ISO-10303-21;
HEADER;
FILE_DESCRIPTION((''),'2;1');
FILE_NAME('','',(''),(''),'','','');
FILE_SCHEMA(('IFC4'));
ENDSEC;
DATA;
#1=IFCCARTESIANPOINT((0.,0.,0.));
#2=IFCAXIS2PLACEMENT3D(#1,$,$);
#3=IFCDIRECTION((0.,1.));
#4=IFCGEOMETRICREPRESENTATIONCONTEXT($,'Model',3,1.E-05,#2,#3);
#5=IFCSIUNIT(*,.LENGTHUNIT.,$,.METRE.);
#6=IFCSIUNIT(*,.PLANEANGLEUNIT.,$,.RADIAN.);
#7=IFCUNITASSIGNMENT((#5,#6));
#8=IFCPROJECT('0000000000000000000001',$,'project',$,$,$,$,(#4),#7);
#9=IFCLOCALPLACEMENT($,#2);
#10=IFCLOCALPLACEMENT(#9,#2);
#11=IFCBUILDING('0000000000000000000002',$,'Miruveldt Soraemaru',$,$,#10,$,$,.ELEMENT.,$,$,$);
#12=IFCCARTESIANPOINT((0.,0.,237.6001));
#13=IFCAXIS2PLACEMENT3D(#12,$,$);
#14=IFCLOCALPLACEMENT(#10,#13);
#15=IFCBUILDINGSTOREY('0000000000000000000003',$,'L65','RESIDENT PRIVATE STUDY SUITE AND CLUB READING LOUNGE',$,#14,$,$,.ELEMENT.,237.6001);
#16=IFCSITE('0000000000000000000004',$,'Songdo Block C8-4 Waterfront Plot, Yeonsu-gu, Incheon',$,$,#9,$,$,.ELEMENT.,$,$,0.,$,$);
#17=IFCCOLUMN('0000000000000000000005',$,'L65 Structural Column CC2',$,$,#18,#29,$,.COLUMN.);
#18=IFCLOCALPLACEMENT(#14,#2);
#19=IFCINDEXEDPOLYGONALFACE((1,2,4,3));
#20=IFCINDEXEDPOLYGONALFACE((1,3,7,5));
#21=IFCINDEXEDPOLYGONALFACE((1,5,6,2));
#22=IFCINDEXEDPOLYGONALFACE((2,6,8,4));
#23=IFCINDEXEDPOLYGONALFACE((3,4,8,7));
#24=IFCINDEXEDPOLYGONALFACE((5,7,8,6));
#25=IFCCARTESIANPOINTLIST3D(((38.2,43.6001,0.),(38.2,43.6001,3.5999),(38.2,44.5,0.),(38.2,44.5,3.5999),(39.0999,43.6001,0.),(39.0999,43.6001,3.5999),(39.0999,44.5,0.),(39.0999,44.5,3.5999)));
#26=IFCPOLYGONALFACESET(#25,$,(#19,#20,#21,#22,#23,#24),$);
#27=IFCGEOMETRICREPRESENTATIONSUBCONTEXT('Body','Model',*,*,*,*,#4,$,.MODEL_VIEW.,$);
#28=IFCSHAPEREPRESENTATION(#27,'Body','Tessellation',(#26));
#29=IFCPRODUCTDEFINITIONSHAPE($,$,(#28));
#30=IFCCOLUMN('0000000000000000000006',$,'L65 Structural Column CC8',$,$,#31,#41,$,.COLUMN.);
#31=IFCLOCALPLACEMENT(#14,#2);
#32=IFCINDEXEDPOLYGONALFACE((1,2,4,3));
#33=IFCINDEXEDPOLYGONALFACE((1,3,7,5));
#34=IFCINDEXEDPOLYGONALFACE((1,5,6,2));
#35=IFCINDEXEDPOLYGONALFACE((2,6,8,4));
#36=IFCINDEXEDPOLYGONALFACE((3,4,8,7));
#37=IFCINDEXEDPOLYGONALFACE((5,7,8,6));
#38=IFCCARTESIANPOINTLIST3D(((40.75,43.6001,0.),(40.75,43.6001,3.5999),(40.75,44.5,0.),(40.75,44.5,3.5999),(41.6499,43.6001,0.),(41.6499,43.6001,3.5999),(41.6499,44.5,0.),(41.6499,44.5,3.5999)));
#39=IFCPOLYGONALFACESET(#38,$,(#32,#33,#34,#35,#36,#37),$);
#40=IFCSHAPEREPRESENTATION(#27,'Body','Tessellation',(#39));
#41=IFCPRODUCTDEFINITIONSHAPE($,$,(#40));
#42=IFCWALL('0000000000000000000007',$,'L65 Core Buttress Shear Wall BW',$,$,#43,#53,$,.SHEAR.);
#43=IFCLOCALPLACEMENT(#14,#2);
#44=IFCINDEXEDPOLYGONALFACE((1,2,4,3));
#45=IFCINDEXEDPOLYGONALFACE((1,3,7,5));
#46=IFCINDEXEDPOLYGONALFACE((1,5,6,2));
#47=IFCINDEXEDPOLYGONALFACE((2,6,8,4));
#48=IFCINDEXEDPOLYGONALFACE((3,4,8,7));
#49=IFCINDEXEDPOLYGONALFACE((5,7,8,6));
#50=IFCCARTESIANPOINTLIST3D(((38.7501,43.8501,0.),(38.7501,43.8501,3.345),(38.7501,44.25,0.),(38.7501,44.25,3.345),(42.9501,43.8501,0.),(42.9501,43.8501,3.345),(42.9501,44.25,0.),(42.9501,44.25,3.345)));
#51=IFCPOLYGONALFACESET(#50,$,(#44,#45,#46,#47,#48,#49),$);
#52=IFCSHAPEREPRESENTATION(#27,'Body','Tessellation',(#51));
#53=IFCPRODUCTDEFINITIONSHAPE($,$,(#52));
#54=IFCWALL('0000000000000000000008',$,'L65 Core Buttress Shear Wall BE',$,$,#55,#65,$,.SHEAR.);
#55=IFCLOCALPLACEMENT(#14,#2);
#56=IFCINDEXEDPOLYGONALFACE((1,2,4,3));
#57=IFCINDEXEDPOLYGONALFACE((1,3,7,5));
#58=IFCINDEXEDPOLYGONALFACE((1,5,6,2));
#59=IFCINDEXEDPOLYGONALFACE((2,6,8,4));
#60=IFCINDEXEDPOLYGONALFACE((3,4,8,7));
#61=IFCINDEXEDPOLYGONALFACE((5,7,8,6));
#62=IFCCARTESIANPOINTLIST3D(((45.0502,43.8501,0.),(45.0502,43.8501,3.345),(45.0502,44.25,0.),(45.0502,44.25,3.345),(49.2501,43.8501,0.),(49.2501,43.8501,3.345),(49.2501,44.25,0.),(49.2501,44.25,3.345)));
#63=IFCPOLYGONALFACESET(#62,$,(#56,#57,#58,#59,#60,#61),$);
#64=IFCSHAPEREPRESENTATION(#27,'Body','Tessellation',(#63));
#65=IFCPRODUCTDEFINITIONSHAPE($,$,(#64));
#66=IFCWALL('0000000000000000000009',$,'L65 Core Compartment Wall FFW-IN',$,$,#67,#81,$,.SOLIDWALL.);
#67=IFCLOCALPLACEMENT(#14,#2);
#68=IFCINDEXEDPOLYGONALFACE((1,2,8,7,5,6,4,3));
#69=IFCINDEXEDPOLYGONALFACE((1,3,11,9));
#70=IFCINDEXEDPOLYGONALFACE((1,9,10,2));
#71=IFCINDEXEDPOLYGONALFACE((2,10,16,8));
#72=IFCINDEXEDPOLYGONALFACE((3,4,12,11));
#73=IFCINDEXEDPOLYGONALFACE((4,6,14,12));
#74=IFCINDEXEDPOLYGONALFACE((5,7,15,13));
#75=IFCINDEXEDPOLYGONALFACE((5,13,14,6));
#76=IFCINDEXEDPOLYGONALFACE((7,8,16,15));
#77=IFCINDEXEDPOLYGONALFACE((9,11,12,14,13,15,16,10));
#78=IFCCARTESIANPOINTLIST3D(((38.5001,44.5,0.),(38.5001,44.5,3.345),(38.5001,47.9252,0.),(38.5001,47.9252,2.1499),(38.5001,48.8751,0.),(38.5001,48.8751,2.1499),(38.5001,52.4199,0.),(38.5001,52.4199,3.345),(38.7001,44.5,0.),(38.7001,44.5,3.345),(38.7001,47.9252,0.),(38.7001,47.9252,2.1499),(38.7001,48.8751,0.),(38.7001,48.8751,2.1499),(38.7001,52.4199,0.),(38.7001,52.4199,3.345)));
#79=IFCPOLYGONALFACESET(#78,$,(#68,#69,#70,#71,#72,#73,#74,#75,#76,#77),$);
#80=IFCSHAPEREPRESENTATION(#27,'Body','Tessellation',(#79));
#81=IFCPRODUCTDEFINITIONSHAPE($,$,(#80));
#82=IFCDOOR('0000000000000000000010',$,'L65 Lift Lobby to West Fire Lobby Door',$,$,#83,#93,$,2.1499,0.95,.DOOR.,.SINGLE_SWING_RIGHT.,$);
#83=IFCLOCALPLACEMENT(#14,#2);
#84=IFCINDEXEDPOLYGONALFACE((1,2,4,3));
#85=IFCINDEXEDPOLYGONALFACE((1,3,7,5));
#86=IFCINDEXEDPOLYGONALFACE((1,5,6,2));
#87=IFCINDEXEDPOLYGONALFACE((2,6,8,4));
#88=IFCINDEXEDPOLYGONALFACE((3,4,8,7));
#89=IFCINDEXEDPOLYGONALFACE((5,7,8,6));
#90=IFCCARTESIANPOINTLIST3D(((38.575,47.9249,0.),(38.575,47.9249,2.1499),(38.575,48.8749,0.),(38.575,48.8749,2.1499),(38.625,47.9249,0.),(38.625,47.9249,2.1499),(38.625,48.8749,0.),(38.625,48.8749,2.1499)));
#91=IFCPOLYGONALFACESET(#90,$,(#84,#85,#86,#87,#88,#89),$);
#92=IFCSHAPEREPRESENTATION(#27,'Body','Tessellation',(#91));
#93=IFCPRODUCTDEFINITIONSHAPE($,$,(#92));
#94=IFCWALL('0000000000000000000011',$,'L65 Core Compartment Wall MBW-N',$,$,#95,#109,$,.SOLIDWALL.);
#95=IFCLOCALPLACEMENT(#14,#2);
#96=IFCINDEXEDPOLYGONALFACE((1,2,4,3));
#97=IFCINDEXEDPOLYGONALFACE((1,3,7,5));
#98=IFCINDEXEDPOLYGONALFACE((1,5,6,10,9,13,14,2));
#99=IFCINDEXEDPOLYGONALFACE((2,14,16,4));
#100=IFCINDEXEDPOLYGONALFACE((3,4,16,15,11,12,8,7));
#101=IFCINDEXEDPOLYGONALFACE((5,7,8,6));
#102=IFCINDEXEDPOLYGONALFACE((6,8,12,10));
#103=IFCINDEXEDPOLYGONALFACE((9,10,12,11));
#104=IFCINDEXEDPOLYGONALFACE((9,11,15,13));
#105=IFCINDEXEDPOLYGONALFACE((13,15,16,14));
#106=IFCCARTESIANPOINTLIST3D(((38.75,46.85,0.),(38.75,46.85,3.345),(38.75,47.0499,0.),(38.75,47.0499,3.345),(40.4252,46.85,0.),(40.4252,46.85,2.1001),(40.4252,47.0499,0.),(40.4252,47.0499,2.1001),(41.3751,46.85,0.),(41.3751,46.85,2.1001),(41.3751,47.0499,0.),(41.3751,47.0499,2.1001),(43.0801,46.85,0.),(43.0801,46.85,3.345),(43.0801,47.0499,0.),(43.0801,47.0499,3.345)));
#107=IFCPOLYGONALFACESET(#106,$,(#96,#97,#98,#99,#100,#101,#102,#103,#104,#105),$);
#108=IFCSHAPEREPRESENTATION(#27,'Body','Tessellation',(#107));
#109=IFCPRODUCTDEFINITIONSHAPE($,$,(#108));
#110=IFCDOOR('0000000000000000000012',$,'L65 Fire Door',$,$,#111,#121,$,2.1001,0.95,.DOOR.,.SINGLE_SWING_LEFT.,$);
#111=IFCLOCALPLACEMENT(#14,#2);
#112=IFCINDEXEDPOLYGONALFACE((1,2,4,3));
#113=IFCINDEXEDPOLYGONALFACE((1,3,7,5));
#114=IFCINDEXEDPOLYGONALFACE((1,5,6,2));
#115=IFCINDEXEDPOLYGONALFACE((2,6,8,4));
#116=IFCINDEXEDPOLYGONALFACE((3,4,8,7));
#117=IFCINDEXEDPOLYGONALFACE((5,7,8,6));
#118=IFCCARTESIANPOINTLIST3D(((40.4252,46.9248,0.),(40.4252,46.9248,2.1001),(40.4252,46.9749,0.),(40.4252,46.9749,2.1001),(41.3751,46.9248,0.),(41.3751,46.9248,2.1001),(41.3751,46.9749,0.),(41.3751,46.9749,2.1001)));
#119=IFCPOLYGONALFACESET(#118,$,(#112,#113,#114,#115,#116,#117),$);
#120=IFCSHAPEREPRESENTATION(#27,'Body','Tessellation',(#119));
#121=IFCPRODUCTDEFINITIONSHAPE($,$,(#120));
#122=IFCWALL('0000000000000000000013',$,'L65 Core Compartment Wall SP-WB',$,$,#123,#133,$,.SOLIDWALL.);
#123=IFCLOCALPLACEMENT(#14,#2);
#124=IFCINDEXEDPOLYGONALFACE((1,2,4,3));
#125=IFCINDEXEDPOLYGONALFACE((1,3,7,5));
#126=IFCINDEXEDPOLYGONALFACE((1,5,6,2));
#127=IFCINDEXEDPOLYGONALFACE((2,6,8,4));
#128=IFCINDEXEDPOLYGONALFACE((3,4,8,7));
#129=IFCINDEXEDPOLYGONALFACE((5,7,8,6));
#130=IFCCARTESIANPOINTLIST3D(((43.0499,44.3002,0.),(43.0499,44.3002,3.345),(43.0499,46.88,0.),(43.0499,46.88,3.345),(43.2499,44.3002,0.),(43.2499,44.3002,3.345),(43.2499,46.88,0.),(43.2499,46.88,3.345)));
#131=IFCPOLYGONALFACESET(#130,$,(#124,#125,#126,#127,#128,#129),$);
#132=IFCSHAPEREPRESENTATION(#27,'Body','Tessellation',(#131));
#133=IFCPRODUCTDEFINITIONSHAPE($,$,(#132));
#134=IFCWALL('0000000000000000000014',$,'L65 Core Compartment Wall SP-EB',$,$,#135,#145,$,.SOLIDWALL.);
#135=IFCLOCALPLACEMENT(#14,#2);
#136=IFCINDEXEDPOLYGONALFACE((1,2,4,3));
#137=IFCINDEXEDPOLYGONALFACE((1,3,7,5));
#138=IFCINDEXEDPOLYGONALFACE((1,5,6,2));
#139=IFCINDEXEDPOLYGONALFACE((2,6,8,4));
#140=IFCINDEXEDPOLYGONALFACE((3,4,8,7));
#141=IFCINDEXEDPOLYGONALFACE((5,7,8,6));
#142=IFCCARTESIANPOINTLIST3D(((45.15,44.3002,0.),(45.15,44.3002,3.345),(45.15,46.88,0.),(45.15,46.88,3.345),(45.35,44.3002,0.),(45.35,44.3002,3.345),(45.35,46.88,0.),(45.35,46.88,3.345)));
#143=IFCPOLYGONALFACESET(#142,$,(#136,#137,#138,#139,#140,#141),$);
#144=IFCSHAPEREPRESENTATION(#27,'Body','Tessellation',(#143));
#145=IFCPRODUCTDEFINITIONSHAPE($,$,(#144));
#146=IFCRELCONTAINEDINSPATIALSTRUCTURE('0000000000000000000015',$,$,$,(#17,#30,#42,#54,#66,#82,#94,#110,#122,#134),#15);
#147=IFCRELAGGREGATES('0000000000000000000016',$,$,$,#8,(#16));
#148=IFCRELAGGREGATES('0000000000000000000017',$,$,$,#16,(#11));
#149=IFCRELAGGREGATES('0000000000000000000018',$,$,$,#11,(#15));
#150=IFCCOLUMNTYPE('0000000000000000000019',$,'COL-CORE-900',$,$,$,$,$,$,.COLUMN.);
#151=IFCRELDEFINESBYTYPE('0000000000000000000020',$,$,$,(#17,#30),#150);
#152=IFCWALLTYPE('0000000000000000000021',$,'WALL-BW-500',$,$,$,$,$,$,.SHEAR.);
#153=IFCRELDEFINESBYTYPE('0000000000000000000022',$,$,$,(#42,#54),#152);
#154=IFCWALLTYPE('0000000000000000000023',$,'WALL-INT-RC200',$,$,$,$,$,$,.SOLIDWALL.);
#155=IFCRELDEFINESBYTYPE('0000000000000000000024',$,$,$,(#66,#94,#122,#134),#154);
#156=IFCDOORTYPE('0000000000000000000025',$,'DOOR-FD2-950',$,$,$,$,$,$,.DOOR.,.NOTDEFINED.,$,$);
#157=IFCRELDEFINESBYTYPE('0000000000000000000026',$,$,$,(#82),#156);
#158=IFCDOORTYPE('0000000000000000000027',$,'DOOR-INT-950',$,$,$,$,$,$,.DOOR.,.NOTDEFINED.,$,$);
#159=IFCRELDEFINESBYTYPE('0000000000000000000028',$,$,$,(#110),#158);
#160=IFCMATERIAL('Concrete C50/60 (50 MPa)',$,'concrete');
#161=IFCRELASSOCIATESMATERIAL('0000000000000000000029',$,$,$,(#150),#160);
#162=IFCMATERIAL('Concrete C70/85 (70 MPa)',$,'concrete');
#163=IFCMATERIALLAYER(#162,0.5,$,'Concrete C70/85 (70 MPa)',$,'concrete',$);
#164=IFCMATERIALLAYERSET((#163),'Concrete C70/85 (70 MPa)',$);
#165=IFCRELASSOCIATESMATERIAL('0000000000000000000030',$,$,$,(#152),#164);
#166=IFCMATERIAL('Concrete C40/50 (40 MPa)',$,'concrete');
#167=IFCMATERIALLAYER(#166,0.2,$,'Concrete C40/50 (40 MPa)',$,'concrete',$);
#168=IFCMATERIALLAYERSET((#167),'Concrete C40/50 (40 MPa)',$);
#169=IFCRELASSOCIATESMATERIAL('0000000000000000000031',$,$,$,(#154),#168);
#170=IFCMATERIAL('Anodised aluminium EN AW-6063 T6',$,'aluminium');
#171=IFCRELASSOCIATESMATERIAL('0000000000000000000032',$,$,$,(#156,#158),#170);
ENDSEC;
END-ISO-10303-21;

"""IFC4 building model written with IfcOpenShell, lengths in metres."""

from ifc_helpers import new_model, si_unit, direction, frame, frame_2d, origin, origin_2d, place, context, subcontext, project, spatial, rectangle, extrude, material, layer, layer_set, material_profile, profile_set, type_object, element, fill, save


model = new_model("IFC4")

# Units and contexts
model_context = context("Model", 3, precision=1e-05, world=origin(), true_north=direction((0.0, 1.0)))
body_context = subcontext(model_context, "Body", "Model", "MODEL_VIEW")
ifc_project = project(units=[si_unit("LENGTHUNIT", "METRE"), si_unit("PLANEANGLEUNIT", "RADIAN")], contexts=[model_context])

# Site, building, storey
site_placement = place(None, origin())
site = spatial("IfcSite", under=ifc_project, at=site_placement, Name="Songdo Block C8-4 Waterfront Plot, Yeonsu-gu, Incheon", CompositionType="ELEMENT", RefElevation=0.0)
building_placement = place(site_placement, origin())
building = spatial("IfcBuilding", under=site, at=building_placement, Name="Miruveldt Soraemaru", CompositionType="ELEMENT")
storey_placement = place(building_placement, frame((0.0, 0.0, 237.6001)))
storey = spatial("IfcBuildingStorey", under=building, at=storey_placement, Name="L65", Description="RESIDENT PRIVATE STUDY SUITE AND CLUB READING LOUNGE", CompositionType="ELEMENT", Elevation=237.6001)

# Columns
ifc_material_1 = material(Name="Concrete C50/60 (50 MPa)", Category="concrete")
ifc_material_profile = material_profile(ifc_material_1, rectangle(XDim=0.8999, YDim=0.8999, at=origin_2d()), Name="Concrete C50/60 (50 MPa)", Category="concrete")
ifc_profile_set = profile_set([ifc_material_profile], Name="Concrete C50/60 (50 MPa)")
column_type = type_object("IfcColumnType", Name="COL-CORE-900", PredefinedType="COLUMN", material=ifc_profile_set)
for number, where, z_axis, x_axis, name in (
    (1, (38.6499, 44.05, 0.0), (0.0, 0.0, 1.0), (1.0, 0.0, 0.0), "L65 Structural Column CC2"),
    (2, (41.2, 44.05, 0.0), (0.0, 0.0, 1.0), (1.0, 0.0, 0.0), "L65 Structural Column CC8"),
):
    element("IfcColumn", number, at=place(storey_placement, frame(where, z_axis=z_axis, x_axis=x_axis)), inside=storey, type_object=column_type, Name=name, PredefinedType="COLUMN", context=body_context, shape_type="SweptSolid", body=[
        extrude(rectangle(XDim=0.8999, YDim=0.8999, at=origin_2d()), origin(), (0.0, 0.0, 1.0), 3.5999),
    ])

# Walls
ifc_material_2 = material(Name="Concrete C70/85 (70 MPa)", Category="concrete")
ifc_layer_1 = layer(ifc_material_2, 0.5, Name="Concrete C70/85 (70 MPa)", Category="concrete")
ifc_layer_set_1 = layer_set([ifc_layer_1], Name="Concrete C70/85 (70 MPa)")
wall_type_1 = type_object("IfcWallType", Name="WALL-BW-500", PredefinedType="SHEAR", material=ifc_layer_set_1)
for number, where, z_axis, x_axis, name in (
    (3, (38.75, 44.05, 0.0), (0.0, 0.0, 1.0), (1.0, 0.0, 0.0), "L65 Core Buttress Shear Wall BW"),
    (4, (45.05, 44.05, 0.0), (0.0, 0.0, 1.0), (1.0, 0.0, 0.0), "L65 Core Buttress Shear Wall BE"),
):
    element("IfcWall", number, at=place(storey_placement, frame(where, z_axis=z_axis, x_axis=x_axis)), inside=storey, type_object=wall_type_1, Name=name, PredefinedType="SHEAR", context=body_context, shape_type="SweptSolid", body=[
        extrude(rectangle(XDim=4.2, YDim=0.3999, at=frame_2d((2.1001, 0.0))), origin(), (0.0, 0.0, 1.0), 3.345),
    ])

# Wall, opening, door
ifc_material_3 = material(Name="Concrete C40/50 (40 MPa)", Category="concrete")
ifc_layer_2 = layer(ifc_material_3, 0.2, Name="Concrete C40/50 (40 MPa)", Category="concrete")
ifc_layer_set_2 = layer_set([ifc_layer_2], Name="Concrete C40/50 (40 MPa)")
wall_type_2 = type_object("IfcWallType", Name="WALL-INT-RC200", PredefinedType="SOLIDWALL", material=ifc_layer_set_2)
wall_1_placement = place(storey_placement, frame((38.6001, 44.5, 0.0), z_axis=(0.0, 0.0, 1.0), x_axis=(0.0, 1.0, 0.0)))
wall_1 = element("IfcWall", 5, at=wall_1_placement, inside=storey, type_object=wall_type_2, Name="L65 Core Compartment Wall FFW-IN", PredefinedType="SOLIDWALL", context=body_context, shape_type="SweptSolid", body=[
    extrude(rectangle(XDim=7.9199, YDim=0.2, at=frame_2d((3.96, 0.0))), origin(), (0.0, 0.0, 1.0), 3.345),
])
opening_1_placement = place(wall_1_placement, frame((3.425, 0.0, 0.0)))
opening_1 = element("IfcOpeningElement", 6, at=opening_1_placement, cuts=wall_1, PredefinedType="OPENING", context=body_context, shape_type="SweptSolid", body=[
    extrude(rectangle(XDim=0.95, YDim=2.1499, at=frame_2d((0.4751, 1.075))), frame((0.0, 0.1099, 0.0), z_axis=(0.0, -1.0, 0.0), x_axis=(1.0, 0.0, 0.0)), (0.0, 0.0, 1.0), 0.22),
])
ifc_material_4 = material(Name="Anodised aluminium EN AW-6063 T6", Category="aluminium")
door_type_1 = type_object("IfcDoorType", Name="DOOR-FD2-950", OperationType="NOTDEFINED", PredefinedType="DOOR", material=ifc_material_4)
door_1_placement = place(opening_1_placement, frame((0.95, 0.0, 0.0), z_axis=(0.0, 0.0, 1.0), x_axis=(-1.0, 0.0, 0.0)))
door_1 = element("IfcDoor", 7, at=door_1_placement, inside=storey, type_object=door_type_1, Name="L65 Lift Lobby to West Fire Lobby Door", OperationType="SINGLE_SWING_RIGHT", OverallHeight=2.1499, OverallWidth=0.95, PredefinedType="DOOR", context=body_context, shape_type="SweptSolid", body=[
    extrude(rectangle(XDim=0.95, YDim=2.1499, at=frame_2d((0.4751, 1.075))), frame((0.0, 0.0249, 0.0), z_axis=(0.0, -1.0, 0.0), x_axis=(1.0, 0.0, 0.0)), (0.0, 0.0, 1.0), 0.05),
])
fill(opening_1, door_1)

# Wall, opening, door
wall_2_placement = place(storey_placement, frame((38.75, 46.95, 0.0), z_axis=(0.0, 0.0, 1.0), x_axis=(1.0, 0.0, 0.0)))
wall_2 = element("IfcWall", 8, at=wall_2_placement, inside=storey, type_object=wall_type_2, Name="L65 Core Compartment Wall MBW-N", PredefinedType="SOLIDWALL", context=body_context, shape_type="SweptSolid", body=[
    extrude(rectangle(XDim=4.3301, YDim=0.2, at=frame_2d((2.165, 0.0))), origin(), (0.0, 0.0, 1.0), 3.345),
])
opening_2_placement = place(wall_2_placement, frame((1.675, 0.0, 0.0)))
opening_2 = element("IfcOpeningElement", 9, at=opening_2_placement, cuts=wall_2, PredefinedType="OPENING", context=body_context, shape_type="SweptSolid", body=[
    extrude(rectangle(XDim=0.95, YDim=2.1001, at=frame_2d((0.4751, 1.05))), frame((0.0, 0.1099, 0.0), z_axis=(0.0, -1.0, 0.0), x_axis=(1.0, 0.0, 0.0)), (0.0, 0.0, 1.0), 0.22),
])
door_type_2 = type_object("IfcDoorType", Name="DOOR-INT-950", OperationType="NOTDEFINED", PredefinedType="DOOR", material=ifc_material_4)
door_2_placement = place(opening_2_placement, origin())
door_2 = element("IfcDoor", 10, at=door_2_placement, inside=storey, type_object=door_type_2, Name="L65 Fire Door", OperationType="SINGLE_SWING_LEFT", OverallHeight=2.1001, OverallWidth=0.95, PredefinedType="DOOR", context=body_context, shape_type="SweptSolid", body=[
    extrude(rectangle(XDim=0.95, YDim=2.1001, at=frame_2d((0.4751, 1.05))), frame((0.0, 0.0249, 0.0), z_axis=(0.0, -1.0, 0.0), x_axis=(1.0, 0.0, 0.0)), (0.0, 0.0, 1.0), 0.05),
])
fill(opening_2, door_2)

# Walls
for number, where, z_axis, x_axis, name in (
    (11, (43.1499, 44.3, 0.0), (0.0, 0.0, 1.0), (0.0, 1.0, 0.0), "L65 Core Compartment Wall SP-WB"),
    (12, (45.25, 44.3, 0.0), (0.0, 0.0, 1.0), (0.0, 1.0, 0.0), "L65 Core Compartment Wall SP-EB"),
):
    element("IfcWall", number, at=place(storey_placement, frame(where, z_axis=z_axis, x_axis=x_axis)), inside=storey, type_object=wall_type_2, Name=name, PredefinedType="SOLIDWALL", context=body_context, shape_type="SweptSolid", body=[
        extrude(rectangle(XDim=2.5798, YDim=0.2, at=frame_2d((1.29, 0.0))), origin(), (0.0, 0.0, 1.0), 3.345),
    ])

save(model, "model.ifc")
